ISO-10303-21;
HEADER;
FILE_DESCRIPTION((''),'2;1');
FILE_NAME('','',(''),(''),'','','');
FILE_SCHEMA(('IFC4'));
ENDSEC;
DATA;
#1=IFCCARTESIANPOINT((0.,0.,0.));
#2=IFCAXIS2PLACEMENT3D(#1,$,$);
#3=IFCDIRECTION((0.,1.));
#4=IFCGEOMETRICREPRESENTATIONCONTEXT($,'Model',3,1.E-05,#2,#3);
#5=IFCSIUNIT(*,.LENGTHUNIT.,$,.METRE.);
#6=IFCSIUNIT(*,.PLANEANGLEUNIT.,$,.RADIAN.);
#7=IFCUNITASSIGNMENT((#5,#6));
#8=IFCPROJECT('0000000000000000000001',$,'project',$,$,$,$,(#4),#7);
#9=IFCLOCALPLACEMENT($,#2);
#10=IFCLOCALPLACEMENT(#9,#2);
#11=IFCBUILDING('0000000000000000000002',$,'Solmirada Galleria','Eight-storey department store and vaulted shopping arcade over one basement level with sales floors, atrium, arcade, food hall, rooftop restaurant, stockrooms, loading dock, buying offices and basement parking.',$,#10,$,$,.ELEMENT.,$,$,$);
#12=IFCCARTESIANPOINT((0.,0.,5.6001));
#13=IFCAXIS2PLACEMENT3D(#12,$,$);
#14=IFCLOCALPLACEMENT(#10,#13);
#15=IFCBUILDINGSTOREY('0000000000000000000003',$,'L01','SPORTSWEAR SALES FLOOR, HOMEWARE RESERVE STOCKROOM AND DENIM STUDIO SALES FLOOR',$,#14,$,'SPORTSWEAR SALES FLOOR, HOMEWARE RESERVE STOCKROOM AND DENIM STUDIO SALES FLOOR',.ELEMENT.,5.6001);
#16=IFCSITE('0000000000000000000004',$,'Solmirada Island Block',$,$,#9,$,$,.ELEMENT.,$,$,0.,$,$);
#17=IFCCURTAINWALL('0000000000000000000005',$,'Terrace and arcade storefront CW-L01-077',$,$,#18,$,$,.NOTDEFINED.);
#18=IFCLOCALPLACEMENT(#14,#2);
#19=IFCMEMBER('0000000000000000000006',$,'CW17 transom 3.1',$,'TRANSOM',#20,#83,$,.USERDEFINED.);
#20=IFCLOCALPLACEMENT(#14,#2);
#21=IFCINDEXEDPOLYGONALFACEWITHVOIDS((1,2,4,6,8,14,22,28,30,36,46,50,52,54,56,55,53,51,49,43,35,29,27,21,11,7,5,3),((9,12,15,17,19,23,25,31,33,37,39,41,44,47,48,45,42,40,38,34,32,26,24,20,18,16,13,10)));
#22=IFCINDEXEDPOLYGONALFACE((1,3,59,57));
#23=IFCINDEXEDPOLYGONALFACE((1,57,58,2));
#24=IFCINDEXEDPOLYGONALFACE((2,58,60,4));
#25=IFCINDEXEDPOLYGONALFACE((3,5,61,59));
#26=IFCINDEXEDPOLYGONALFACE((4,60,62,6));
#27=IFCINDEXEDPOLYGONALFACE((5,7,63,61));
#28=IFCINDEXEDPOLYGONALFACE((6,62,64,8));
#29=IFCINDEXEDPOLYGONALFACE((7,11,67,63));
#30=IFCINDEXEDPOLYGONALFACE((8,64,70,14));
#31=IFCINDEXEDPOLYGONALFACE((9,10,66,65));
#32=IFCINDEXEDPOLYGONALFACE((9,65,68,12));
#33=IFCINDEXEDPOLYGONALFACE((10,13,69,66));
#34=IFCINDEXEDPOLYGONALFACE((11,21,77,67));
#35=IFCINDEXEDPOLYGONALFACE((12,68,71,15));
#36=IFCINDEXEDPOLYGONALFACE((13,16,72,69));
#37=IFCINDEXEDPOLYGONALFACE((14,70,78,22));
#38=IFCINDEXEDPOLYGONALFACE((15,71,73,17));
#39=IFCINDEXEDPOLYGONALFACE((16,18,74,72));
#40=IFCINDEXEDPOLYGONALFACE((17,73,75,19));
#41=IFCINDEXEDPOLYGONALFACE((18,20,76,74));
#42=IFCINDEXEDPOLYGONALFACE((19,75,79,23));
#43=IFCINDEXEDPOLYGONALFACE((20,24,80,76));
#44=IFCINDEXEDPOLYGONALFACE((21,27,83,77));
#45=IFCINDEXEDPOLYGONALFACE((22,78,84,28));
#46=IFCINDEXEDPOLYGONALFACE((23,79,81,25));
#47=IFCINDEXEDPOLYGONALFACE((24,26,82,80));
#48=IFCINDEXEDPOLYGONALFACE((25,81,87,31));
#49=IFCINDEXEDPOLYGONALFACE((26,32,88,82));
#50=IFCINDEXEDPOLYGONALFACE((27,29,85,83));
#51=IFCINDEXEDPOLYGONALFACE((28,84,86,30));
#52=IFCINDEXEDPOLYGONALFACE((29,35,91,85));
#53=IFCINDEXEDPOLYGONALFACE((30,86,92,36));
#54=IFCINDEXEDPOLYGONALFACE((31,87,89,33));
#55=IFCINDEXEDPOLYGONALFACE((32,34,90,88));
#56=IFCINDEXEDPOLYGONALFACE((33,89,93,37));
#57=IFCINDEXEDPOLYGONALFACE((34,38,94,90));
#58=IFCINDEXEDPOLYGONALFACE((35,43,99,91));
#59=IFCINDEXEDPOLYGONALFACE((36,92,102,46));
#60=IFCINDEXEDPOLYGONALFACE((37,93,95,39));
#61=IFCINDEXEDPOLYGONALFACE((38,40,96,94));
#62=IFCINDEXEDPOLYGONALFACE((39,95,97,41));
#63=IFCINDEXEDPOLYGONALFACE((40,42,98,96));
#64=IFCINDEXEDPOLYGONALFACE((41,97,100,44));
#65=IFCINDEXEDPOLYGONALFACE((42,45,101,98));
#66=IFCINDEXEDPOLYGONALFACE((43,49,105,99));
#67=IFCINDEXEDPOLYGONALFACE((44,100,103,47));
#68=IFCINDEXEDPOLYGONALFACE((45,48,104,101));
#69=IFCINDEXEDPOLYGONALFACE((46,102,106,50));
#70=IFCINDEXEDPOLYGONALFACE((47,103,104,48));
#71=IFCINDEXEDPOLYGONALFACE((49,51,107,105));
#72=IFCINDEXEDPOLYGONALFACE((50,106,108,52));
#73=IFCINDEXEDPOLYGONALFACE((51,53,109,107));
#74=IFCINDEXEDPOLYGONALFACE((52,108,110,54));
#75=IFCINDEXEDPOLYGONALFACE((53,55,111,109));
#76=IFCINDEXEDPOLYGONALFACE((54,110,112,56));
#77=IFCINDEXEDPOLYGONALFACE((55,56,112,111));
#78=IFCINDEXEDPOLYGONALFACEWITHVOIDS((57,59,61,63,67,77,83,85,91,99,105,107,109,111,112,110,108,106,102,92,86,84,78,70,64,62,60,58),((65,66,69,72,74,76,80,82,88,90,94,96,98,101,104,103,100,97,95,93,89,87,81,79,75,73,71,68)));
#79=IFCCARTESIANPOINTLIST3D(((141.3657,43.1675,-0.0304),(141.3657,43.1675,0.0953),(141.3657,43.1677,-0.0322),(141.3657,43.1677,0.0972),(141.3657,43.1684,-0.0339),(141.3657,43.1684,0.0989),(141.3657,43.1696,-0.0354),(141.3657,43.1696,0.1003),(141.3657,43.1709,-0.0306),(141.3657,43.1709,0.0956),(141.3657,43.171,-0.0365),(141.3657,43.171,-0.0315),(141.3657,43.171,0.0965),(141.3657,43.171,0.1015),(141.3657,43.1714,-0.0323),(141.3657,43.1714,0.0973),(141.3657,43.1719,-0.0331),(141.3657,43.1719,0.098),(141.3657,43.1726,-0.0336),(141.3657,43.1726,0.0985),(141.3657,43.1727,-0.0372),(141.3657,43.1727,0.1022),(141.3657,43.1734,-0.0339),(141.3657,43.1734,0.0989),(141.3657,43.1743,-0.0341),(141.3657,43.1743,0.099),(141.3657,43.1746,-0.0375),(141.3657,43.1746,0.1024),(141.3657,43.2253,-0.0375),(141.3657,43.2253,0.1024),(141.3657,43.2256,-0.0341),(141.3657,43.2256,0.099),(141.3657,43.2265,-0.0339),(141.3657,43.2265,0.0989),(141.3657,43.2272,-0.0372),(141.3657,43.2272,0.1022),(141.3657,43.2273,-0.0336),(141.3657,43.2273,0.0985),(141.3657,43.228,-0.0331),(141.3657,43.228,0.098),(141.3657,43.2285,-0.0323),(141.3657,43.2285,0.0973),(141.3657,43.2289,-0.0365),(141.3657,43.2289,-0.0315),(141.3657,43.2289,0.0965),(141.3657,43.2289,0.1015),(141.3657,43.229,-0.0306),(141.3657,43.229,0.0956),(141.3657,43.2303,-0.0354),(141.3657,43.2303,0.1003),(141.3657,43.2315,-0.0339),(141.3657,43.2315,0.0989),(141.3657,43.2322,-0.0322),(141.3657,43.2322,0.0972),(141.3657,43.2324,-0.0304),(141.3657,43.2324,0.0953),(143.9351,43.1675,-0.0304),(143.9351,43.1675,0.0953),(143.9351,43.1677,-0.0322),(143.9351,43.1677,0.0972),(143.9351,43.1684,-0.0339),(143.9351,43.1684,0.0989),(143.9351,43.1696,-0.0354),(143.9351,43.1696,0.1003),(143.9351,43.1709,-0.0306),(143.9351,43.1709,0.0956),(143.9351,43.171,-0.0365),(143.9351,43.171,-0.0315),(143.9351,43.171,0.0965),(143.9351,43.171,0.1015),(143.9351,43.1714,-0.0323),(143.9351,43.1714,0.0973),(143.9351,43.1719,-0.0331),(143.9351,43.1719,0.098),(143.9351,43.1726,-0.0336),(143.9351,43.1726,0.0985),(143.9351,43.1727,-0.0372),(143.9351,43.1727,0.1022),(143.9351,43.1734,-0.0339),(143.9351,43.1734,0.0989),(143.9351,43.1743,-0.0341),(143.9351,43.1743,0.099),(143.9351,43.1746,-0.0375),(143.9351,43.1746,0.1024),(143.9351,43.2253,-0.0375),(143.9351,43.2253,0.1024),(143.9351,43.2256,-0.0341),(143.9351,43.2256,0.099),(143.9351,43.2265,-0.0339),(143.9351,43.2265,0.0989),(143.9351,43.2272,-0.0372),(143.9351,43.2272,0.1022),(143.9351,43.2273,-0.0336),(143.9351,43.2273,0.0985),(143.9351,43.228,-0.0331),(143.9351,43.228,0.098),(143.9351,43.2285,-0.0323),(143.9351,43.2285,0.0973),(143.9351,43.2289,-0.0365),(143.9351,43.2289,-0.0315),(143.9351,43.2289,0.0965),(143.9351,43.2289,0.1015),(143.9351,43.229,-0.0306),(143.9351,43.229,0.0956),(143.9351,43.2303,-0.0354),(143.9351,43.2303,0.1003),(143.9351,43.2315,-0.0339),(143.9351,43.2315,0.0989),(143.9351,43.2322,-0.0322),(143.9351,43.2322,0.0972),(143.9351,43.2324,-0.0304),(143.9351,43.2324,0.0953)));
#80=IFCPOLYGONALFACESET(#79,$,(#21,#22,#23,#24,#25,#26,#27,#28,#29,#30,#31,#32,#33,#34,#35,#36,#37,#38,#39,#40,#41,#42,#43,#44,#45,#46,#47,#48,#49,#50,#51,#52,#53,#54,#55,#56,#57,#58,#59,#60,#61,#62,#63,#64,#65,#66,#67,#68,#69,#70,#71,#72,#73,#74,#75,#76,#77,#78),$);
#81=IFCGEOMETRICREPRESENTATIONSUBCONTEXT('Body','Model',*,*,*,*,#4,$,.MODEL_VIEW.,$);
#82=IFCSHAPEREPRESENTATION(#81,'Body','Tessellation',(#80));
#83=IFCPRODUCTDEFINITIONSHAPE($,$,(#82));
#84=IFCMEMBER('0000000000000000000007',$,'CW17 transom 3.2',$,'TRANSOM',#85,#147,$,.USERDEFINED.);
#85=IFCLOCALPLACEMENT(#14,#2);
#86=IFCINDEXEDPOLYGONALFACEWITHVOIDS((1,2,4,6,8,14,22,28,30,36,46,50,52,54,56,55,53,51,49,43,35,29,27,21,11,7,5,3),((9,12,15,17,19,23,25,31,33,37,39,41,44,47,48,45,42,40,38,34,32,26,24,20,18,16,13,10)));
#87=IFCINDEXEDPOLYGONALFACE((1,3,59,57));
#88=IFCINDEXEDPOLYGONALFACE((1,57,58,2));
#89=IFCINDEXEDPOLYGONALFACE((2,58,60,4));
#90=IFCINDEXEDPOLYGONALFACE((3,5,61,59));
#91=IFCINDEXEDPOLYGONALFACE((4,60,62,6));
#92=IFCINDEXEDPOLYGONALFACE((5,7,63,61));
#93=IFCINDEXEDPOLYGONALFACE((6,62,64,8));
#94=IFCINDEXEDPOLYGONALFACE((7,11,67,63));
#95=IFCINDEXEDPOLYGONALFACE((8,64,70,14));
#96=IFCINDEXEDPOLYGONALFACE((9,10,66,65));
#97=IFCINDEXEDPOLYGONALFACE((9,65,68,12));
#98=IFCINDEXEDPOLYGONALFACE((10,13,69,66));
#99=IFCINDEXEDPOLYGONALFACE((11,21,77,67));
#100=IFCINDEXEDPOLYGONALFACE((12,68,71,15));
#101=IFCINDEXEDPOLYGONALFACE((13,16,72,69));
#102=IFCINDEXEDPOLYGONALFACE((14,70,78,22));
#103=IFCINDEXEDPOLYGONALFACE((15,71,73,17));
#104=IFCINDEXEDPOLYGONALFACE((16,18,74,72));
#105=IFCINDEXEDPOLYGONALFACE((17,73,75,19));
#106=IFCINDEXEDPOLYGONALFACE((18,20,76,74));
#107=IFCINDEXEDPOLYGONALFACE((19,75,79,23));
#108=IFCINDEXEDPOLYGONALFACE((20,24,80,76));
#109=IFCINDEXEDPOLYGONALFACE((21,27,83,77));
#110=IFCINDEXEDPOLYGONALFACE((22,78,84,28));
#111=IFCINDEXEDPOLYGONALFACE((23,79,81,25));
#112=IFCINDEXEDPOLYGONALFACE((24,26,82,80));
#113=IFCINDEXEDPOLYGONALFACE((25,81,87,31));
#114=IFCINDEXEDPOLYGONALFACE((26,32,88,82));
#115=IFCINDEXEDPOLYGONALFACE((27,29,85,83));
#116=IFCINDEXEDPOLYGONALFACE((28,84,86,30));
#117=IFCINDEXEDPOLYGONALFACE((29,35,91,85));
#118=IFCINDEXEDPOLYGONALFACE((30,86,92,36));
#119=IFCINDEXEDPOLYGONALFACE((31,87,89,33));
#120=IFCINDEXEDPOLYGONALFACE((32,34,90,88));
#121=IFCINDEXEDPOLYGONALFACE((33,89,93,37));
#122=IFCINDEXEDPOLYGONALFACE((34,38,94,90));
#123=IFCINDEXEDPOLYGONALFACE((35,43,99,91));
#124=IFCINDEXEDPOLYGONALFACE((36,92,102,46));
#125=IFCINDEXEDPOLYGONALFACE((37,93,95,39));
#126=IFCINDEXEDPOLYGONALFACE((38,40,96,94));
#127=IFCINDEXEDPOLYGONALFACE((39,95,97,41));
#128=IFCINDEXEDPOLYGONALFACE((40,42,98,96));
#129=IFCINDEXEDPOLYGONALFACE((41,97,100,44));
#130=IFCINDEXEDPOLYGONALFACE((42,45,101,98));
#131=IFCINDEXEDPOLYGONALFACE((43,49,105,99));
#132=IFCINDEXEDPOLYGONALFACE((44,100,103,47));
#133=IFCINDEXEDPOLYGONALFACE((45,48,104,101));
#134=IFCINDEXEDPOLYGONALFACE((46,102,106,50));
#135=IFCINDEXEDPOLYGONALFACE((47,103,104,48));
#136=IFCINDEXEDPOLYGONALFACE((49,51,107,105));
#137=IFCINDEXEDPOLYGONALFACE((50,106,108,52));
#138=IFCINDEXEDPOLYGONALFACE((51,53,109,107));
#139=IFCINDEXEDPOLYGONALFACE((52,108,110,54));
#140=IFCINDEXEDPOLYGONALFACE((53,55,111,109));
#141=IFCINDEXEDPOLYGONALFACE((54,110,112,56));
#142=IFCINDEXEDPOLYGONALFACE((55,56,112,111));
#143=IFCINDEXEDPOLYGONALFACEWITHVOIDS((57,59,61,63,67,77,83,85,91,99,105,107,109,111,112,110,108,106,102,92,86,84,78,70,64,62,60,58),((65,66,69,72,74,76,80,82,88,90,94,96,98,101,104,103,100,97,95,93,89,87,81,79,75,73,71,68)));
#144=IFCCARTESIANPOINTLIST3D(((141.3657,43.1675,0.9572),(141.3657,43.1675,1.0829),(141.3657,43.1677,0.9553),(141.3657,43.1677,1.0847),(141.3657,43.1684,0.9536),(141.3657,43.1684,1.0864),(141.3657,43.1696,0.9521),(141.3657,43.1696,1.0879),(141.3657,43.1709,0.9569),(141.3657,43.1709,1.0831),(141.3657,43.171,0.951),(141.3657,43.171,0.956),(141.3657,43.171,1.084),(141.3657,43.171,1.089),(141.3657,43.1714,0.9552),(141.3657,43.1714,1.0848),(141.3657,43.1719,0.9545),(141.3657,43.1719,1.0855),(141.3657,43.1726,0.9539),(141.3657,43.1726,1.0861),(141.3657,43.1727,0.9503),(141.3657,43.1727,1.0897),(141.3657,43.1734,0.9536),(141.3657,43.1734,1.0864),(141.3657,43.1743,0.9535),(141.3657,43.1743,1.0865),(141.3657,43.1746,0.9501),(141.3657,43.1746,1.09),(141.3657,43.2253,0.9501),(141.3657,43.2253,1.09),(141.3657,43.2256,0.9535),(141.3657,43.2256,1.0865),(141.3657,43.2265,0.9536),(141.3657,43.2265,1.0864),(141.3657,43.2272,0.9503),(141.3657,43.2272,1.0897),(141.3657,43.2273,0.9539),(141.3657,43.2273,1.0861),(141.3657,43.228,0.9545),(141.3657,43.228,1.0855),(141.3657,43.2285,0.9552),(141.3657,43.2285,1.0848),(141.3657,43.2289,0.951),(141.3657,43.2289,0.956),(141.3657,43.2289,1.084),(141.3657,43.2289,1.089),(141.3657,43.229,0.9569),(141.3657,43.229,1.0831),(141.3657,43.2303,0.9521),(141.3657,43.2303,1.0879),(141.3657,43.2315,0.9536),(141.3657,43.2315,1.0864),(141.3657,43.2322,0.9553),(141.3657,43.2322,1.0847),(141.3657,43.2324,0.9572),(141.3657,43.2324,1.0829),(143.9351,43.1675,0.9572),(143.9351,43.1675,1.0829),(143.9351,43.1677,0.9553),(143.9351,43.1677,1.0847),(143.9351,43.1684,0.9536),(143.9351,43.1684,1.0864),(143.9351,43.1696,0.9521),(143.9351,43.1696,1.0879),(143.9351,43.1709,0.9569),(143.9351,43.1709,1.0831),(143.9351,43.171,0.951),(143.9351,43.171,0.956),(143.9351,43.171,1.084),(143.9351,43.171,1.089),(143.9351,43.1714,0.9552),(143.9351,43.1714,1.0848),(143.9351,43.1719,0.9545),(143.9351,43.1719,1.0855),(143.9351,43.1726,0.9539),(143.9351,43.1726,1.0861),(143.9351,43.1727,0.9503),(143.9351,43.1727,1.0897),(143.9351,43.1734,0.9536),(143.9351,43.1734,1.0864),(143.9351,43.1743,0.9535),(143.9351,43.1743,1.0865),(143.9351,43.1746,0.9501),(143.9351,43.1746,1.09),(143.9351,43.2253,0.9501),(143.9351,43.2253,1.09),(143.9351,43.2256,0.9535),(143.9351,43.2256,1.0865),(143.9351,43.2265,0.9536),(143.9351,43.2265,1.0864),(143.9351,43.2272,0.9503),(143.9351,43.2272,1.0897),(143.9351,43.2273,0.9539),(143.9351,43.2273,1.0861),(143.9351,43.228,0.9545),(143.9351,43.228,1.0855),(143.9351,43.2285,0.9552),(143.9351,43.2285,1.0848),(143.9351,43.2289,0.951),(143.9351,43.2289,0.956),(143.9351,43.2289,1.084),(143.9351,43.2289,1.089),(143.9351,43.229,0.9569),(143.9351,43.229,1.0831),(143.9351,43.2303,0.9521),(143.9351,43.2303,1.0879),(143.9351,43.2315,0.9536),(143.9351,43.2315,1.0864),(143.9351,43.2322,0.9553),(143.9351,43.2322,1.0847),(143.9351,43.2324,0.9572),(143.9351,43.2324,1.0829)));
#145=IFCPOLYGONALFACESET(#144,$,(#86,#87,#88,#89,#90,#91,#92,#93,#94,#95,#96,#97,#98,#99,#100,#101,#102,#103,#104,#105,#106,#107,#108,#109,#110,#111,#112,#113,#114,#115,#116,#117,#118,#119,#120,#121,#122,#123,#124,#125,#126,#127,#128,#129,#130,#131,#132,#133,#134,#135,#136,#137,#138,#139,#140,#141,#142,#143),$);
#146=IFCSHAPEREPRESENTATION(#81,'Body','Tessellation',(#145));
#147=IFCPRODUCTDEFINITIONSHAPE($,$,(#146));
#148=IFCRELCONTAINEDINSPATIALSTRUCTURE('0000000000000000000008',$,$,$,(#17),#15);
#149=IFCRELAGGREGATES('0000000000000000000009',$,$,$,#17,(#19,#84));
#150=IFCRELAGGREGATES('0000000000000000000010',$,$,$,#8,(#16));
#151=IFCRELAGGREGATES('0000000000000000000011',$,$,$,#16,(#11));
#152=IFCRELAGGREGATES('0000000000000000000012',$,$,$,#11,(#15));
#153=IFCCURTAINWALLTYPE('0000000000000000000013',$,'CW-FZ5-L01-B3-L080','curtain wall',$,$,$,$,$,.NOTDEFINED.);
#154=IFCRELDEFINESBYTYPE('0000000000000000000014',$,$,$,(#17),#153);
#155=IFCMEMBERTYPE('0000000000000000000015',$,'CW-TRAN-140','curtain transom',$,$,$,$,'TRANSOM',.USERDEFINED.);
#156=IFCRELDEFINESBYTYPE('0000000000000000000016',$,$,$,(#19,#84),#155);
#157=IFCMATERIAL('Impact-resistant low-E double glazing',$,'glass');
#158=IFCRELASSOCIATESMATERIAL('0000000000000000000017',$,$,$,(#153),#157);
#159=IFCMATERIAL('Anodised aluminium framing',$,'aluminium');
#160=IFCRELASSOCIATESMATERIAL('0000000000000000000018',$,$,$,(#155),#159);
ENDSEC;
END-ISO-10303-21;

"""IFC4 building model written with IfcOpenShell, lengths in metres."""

from ifc_helpers import new_model, si_unit, direction, frame, origin, origin_2d, place, context, subcontext, project, spatial, hollow_rectangle, extrude, material, material_profile, profile_set, type_object, element, aggregate, save


model = new_model("IFC4")

# Units and contexts
model_context = context("Model", 3, precision=1e-05, world=origin(), true_north=direction((0.0, 1.0)))
body_context = subcontext(model_context, "Body", "Model", "MODEL_VIEW")
ifc_project = project(units=[si_unit("LENGTHUNIT", "METRE"), si_unit("PLANEANGLEUNIT", "RADIAN")], contexts=[model_context])

# Site, building, storey
site_placement = place(None, origin())
site = spatial("IfcSite", under=ifc_project, at=site_placement, Name="Solmirada Island Block", CompositionType="ELEMENT", RefElevation=0.0)
building_placement = place(site_placement, origin())
building = spatial("IfcBuilding", under=site, at=building_placement, Name="Solmirada Galleria", Description="Eight-storey department store and vaulted shopping arcade over one basement level with sales floors, atrium, arcade, food hall, rooftop restaurant, stockrooms, loading dock, buying offices and basement parking.", CompositionType="ELEMENT")
storey_placement = place(building_placement, frame((0.0, 0.0, 5.6001)))
storey = spatial("IfcBuildingStorey", under=building, at=storey_placement, Name="L01", Description="SPORTSWEAR SALES FLOOR, HOMEWARE RESERVE STOCKROOM AND DENIM STUDIO SALES FLOOR", LongName="SPORTSWEAR SALES FLOOR, HOMEWARE RESERVE STOCKROOM AND DENIM STUDIO SALES FLOOR", CompositionType="ELEMENT", Elevation=5.6001)

# Curtain wall, members
ifc_material_1 = material(Name="Impact-resistant low-E double glazing", Category="glass")
curtain_wall_type = type_object("IfcCurtainWallType", Name="CW-FZ5-L01-B3-L080", Description="curtain wall", PredefinedType="NOTDEFINED", material=ifc_material_1)
curtain_wall_placement = place(storey_placement, origin())
curtain_wall = element("IfcCurtainWall", 1, at=curtain_wall_placement, inside=storey, type_object=curtain_wall_type, Name="Terrace and arcade storefront CW-L01-077", PredefinedType="NOTDEFINED")
ifc_material_2 = material(Name="Anodised aluminium framing", Category="aluminium")
ifc_material_profile_1 = material_profile(ifc_material_2, hollow_rectangle(XDim=0.0649, YDim=0.1399, WallThickness=0.0034, InnerFilletRadius=0.0034, OuterFilletRadius=0.0071, at=origin_2d()), Name="ALU-TRAN-140X65")
ifc_profile_set_1 = profile_set([ifc_material_profile_1], Name="Anodised aluminium framing")
member_type_1 = type_object("IfcMemberType", Name="CW-TRAN-140", Description="curtain transom", ElementType="TRANSOM", PredefinedType="USERDEFINED", material=ifc_profile_set_1)
member_1_placement = place(storey_placement, frame((141.3657, 43.2, 0.0325), z_axis=(1.0, 0.0, 0.0), x_axis=(0.0, 1.0, 0.0)))
member_1 = element("IfcMember", 2, at=member_1_placement, type_object=member_type_1, Name="CW17 transom 3.1", ObjectType="TRANSOM", PredefinedType="USERDEFINED", context=body_context, shape_type="SweptSolid", body=[
    extrude(hollow_rectangle(XDim=0.0649, YDim=0.1399, WallThickness=0.0034, InnerFilletRadius=0.0034, OuterFilletRadius=0.0071, at=origin_2d()), origin(), (0.0, 0.0, 1.0), 2.5693),
])
member_2_placement = place(storey_placement, frame((141.3657, 43.2, 1.02), z_axis=(1.0, 0.0, 0.0), x_axis=(0.0, 1.0, 0.0)))
member_2 = element("IfcMember", 3, at=member_2_placement, type_object=member_type_1, Name="CW17 transom 3.2", ObjectType="TRANSOM", PredefinedType="USERDEFINED", context=body_context, shape_type="SweptSolid", body=[
    extrude(hollow_rectangle(XDim=0.0649, YDim=0.1399, WallThickness=0.0034, InnerFilletRadius=0.0034, OuterFilletRadius=0.0071, at=origin_2d()), origin(), (0.0, 0.0, 1.0), 2.5693),
])
aggregate(curtain_wall, [member_1, member_2])

save(model, "model.ifc")
